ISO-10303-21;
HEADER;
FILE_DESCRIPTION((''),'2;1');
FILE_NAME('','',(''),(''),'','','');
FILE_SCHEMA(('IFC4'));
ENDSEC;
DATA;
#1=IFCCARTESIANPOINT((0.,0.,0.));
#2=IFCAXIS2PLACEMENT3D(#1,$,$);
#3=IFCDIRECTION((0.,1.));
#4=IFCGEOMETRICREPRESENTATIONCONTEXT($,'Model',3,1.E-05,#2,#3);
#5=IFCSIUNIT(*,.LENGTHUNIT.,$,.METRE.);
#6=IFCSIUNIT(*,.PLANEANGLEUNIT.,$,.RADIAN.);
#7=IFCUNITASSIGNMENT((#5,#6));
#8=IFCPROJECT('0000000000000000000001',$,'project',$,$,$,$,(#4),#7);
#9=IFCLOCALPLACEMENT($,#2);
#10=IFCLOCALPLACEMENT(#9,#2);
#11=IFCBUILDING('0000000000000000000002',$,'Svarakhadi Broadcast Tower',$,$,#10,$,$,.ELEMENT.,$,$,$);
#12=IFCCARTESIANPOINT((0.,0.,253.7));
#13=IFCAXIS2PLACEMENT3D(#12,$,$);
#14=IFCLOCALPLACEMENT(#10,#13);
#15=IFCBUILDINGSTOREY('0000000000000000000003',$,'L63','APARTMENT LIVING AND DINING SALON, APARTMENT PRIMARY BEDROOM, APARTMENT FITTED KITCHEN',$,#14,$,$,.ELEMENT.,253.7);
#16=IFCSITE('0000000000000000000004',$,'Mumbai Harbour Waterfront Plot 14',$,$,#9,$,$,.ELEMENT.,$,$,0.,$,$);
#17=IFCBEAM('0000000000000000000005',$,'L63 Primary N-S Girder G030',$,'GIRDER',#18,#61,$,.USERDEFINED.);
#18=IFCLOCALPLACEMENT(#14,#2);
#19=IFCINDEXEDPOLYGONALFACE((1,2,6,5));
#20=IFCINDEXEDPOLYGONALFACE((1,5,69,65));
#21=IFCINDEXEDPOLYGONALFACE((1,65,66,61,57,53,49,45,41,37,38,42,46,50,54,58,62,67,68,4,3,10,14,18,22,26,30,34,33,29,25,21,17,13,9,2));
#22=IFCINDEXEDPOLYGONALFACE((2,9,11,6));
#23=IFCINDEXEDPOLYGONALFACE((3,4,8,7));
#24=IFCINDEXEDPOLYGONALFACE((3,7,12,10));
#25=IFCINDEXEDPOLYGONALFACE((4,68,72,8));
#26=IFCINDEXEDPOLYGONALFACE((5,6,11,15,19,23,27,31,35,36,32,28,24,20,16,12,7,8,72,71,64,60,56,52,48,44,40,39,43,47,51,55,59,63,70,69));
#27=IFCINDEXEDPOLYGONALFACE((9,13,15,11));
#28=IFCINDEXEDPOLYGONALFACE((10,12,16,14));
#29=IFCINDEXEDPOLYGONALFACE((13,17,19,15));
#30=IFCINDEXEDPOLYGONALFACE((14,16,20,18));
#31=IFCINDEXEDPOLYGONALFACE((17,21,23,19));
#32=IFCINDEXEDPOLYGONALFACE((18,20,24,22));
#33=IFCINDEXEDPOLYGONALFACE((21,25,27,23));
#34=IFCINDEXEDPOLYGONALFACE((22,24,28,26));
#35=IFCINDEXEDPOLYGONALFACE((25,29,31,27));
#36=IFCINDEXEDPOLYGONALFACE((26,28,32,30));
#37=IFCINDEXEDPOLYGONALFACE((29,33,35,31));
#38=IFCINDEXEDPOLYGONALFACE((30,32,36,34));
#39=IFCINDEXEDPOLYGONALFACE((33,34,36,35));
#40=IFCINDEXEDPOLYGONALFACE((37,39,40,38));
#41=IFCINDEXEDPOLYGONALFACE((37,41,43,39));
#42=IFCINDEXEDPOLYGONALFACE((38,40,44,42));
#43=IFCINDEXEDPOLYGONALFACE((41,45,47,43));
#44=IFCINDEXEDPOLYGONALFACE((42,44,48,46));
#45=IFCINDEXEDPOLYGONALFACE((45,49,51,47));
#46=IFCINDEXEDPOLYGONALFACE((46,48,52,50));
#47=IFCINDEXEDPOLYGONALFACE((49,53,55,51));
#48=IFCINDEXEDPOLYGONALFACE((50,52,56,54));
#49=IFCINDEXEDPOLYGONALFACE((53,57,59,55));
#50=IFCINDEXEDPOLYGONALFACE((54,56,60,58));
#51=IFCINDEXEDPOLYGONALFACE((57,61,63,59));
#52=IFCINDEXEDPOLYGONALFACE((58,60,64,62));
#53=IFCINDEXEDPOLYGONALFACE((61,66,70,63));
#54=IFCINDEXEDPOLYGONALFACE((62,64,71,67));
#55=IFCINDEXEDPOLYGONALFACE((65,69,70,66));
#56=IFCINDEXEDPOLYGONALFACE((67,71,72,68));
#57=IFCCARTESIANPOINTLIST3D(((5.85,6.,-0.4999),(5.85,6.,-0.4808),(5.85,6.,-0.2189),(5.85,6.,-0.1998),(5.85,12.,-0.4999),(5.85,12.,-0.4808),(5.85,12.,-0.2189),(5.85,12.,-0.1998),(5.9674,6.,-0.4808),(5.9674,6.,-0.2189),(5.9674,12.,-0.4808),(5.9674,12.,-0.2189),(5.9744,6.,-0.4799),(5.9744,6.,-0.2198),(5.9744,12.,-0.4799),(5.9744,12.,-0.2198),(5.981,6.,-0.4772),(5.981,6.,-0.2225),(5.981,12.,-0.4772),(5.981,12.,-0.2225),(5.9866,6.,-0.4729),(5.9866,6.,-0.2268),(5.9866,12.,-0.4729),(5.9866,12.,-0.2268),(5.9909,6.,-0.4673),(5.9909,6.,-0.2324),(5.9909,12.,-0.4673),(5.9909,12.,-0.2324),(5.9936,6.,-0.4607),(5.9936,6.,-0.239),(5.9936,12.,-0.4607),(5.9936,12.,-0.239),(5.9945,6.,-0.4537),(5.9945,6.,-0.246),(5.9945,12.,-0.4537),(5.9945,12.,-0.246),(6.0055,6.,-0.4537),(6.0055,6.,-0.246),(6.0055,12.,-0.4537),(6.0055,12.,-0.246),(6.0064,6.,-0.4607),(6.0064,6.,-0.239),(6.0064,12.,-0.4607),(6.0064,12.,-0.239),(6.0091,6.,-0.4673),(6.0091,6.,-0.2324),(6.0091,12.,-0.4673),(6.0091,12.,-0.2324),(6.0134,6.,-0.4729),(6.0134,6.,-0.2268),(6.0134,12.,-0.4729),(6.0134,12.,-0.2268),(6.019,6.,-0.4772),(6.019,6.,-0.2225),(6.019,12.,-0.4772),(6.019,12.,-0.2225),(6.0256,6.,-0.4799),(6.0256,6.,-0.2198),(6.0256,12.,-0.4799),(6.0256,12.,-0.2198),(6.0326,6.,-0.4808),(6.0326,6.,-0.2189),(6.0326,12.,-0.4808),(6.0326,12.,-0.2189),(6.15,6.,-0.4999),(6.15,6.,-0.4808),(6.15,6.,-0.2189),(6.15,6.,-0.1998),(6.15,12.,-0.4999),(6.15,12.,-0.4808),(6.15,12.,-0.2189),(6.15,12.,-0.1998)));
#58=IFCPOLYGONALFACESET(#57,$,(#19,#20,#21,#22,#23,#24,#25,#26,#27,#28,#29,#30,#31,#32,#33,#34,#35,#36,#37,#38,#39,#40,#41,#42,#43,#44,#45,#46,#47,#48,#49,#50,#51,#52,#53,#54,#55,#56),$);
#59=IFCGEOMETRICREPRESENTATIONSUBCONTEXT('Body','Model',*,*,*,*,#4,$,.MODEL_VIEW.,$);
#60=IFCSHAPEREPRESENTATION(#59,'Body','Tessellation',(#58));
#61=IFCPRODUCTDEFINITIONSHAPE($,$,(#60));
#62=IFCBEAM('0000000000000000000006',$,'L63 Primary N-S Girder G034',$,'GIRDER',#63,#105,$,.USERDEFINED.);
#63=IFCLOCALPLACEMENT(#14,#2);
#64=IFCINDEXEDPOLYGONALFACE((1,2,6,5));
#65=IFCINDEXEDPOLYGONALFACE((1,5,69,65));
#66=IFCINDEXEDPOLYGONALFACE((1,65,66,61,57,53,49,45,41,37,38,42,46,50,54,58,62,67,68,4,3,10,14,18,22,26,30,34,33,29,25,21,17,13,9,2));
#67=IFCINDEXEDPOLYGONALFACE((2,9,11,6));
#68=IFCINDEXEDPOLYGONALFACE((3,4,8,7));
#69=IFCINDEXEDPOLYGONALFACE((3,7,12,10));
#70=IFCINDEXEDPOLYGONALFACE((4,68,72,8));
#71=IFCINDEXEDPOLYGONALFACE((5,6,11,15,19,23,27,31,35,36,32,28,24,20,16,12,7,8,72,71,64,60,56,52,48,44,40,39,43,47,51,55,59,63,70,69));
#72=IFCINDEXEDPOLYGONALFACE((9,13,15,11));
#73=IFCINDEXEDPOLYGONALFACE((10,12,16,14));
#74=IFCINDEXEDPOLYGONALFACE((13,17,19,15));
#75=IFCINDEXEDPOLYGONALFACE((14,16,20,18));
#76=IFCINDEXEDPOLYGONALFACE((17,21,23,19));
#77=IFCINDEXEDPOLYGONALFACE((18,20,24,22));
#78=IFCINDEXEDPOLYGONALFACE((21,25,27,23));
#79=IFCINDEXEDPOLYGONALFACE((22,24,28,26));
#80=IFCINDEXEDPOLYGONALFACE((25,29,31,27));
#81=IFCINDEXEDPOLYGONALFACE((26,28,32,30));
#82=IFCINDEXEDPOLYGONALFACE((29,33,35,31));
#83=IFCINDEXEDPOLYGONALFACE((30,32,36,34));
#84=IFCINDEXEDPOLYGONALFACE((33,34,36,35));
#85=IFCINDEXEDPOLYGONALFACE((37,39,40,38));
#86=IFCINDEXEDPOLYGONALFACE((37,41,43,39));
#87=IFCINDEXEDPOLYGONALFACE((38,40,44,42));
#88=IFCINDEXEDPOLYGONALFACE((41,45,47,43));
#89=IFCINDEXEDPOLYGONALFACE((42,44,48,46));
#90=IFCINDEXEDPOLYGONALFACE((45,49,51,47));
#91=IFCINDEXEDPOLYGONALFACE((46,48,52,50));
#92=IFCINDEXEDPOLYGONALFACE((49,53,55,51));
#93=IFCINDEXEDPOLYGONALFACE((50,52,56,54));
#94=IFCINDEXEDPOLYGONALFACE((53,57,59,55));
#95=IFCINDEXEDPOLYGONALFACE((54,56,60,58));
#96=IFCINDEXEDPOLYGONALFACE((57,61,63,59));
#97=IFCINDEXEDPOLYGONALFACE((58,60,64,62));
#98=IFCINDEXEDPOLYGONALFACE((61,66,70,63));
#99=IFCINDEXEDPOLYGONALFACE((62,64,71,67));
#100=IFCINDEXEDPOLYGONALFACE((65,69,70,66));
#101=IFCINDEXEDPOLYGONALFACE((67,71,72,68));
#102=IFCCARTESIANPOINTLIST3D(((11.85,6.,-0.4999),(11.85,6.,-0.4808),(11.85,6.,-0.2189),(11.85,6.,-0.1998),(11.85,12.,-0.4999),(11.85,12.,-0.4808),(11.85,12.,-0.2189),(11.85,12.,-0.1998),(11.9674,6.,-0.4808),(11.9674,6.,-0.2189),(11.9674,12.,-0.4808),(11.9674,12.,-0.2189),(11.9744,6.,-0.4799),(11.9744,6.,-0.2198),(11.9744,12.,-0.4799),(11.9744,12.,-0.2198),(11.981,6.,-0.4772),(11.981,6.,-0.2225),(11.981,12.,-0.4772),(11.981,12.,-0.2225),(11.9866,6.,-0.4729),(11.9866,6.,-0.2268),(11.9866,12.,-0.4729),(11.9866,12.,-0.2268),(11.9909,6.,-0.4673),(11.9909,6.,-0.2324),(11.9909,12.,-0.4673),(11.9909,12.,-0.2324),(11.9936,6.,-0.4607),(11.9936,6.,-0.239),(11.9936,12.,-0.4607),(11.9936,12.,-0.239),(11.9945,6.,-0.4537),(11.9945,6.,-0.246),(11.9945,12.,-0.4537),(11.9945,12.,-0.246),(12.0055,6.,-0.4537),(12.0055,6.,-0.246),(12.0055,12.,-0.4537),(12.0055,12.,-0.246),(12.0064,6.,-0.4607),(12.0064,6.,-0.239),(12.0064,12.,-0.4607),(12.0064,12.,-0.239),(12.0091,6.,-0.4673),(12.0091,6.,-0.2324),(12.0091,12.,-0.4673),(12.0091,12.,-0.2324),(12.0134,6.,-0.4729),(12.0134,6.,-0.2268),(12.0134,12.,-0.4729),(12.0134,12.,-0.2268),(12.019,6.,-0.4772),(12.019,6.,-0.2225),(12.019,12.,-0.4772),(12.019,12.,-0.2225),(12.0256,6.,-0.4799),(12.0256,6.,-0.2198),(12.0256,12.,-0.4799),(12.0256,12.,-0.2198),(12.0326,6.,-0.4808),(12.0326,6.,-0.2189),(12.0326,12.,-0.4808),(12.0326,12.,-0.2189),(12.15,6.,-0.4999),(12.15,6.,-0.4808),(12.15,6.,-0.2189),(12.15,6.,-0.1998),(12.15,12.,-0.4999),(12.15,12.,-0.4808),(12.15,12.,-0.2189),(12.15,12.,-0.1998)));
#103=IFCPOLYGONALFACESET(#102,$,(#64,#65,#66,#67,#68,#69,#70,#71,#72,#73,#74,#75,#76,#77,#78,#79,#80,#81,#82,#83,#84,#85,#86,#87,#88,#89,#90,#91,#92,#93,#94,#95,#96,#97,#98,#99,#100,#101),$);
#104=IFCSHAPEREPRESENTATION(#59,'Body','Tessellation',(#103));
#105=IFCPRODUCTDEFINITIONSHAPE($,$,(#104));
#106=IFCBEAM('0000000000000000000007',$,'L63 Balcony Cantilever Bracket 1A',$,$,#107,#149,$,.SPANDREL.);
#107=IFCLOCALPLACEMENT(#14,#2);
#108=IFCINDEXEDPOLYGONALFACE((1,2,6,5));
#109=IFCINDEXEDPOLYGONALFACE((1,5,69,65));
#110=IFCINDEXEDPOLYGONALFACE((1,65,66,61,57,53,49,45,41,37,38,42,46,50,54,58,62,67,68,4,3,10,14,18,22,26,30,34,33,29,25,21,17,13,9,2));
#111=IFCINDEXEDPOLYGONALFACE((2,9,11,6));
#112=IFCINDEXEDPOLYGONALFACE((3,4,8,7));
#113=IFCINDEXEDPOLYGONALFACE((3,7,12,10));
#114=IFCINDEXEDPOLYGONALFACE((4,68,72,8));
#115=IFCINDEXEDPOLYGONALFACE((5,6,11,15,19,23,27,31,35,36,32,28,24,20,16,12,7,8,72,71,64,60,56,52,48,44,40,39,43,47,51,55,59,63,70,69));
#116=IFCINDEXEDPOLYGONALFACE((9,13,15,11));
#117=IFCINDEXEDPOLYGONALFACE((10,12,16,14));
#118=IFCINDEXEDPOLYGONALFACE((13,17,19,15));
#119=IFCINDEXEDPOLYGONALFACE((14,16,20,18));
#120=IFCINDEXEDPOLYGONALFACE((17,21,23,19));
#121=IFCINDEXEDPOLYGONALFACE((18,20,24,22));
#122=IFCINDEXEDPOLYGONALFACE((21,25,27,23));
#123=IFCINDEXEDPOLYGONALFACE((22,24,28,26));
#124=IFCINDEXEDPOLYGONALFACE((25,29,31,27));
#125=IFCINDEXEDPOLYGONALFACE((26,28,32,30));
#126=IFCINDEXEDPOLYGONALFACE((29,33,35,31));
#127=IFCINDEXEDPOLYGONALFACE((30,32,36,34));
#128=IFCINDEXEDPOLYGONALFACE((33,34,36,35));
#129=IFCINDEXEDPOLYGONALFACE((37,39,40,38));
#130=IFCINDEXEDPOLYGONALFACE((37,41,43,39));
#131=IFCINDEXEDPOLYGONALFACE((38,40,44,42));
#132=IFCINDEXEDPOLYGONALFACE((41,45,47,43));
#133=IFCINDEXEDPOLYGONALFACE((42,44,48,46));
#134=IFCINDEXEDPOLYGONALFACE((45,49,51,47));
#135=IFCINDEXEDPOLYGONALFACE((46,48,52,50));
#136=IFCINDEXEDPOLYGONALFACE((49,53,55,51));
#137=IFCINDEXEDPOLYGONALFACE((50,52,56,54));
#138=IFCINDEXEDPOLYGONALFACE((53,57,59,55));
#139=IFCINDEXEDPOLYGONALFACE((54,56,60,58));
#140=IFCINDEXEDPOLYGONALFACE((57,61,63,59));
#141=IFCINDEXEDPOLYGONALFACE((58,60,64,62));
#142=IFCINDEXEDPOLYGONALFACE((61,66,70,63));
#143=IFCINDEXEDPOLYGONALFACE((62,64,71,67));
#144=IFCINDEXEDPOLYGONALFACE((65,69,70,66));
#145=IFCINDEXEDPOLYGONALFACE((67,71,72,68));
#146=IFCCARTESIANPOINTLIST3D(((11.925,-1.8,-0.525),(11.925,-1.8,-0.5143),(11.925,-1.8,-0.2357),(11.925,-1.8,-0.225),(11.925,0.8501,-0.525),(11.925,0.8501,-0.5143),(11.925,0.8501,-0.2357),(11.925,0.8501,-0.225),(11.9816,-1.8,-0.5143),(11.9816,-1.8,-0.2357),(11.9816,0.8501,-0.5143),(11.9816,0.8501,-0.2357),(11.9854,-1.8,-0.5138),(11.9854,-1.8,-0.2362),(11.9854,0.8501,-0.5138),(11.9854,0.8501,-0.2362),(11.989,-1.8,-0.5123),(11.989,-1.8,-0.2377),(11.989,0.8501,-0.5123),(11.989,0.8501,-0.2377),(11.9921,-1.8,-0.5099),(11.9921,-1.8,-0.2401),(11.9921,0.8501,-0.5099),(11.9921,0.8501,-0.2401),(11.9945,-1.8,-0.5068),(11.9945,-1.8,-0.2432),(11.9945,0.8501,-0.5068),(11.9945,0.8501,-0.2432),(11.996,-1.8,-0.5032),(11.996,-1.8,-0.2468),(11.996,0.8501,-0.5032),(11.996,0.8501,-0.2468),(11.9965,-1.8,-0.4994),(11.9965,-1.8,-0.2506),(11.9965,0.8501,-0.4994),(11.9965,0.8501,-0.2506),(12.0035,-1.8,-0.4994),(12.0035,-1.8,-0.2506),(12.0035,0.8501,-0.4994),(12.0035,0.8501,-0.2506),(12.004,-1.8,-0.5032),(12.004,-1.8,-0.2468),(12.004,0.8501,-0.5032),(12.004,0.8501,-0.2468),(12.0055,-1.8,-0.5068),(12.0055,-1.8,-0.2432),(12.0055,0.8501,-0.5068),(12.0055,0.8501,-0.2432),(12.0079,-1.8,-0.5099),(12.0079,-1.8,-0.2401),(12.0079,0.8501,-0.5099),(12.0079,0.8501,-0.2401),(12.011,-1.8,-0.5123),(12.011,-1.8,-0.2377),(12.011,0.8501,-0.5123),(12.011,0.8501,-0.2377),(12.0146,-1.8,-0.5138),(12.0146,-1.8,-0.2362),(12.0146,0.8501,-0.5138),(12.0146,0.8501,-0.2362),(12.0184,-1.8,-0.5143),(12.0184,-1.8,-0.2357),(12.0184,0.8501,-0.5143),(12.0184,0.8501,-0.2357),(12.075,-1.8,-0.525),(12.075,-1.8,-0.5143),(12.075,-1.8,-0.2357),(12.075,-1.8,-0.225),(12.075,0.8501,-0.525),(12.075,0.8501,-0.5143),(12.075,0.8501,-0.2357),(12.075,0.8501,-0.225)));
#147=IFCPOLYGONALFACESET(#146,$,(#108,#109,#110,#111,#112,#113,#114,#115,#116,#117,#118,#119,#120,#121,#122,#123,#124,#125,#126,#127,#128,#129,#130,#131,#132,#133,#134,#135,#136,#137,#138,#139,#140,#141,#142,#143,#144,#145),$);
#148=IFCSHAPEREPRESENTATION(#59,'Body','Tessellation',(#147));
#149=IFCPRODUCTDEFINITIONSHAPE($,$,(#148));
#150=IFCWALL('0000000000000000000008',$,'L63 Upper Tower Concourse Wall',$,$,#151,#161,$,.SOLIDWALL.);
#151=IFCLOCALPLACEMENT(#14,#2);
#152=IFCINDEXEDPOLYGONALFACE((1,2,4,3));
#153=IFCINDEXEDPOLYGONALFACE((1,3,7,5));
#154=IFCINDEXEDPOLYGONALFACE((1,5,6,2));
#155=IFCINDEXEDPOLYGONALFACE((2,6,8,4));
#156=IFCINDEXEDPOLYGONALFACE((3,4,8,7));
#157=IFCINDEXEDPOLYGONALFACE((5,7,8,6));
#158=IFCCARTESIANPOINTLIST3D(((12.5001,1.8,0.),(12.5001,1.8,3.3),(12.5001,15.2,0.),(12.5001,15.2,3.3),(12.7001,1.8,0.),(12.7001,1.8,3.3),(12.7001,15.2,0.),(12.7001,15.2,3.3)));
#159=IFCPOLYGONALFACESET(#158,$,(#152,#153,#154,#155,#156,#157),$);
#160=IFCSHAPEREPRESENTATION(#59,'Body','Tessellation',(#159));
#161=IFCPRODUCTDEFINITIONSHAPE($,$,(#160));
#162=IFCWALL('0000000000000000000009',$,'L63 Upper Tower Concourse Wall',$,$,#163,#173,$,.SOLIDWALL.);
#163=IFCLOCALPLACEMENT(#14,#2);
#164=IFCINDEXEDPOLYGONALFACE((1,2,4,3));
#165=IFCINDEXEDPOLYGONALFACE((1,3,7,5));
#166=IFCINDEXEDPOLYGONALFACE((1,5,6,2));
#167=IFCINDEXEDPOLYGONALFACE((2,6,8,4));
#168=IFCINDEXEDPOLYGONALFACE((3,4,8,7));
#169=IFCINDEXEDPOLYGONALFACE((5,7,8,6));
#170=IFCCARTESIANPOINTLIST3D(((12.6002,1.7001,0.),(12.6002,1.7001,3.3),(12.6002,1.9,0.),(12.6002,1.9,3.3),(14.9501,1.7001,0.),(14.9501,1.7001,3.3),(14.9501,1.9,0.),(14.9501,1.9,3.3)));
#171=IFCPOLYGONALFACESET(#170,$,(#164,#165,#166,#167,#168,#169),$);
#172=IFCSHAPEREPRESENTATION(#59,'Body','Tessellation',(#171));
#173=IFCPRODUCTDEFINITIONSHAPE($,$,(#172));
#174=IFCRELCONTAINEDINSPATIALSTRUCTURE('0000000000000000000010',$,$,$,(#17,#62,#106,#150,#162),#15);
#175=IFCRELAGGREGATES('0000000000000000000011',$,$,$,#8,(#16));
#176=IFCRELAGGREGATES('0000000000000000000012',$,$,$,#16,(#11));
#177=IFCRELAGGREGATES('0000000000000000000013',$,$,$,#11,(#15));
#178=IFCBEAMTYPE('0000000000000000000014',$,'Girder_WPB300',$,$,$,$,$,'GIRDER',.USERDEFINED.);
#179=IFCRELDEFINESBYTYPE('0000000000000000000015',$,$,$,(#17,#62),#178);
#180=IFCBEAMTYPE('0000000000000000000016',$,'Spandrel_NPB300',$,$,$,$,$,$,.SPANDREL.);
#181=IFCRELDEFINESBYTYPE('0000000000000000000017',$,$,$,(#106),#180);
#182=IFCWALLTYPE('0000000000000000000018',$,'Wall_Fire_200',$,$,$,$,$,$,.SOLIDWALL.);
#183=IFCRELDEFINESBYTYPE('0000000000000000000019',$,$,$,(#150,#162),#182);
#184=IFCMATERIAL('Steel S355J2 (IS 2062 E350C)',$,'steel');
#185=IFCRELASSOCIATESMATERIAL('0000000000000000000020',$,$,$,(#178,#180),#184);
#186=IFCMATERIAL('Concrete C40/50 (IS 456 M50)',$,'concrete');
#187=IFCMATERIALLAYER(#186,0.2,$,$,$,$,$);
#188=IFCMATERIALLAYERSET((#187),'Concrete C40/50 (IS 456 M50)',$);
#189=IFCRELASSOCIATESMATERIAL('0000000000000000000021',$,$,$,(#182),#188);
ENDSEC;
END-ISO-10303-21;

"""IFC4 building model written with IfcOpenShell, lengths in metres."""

from ifc_helpers import new_model, si_unit, direction, frame, frame_2d, origin, origin_2d, place, context, subcontext, project, spatial, rectangle, i_section, extrude, material, layer, layer_set, material_profile, profile_set, type_object, element, save


model = new_model("IFC4")

# Units and contexts
model_context = context("Model", 3, precision=1e-05, world=origin(), true_north=direction((0.0, 1.0)))
body_context = subcontext(model_context, "Body", "Model", "MODEL_VIEW")
ifc_project = project(units=[si_unit("LENGTHUNIT", "METRE"), si_unit("PLANEANGLEUNIT", "RADIAN")], contexts=[model_context])

# Site, building, storey
site_placement = place(None, origin())
site = spatial("IfcSite", under=ifc_project, at=site_placement, Name="Mumbai Harbour Waterfront Plot 14", CompositionType="ELEMENT", RefElevation=0.0)
building_placement = place(site_placement, origin())
building = spatial("IfcBuilding", under=site, at=building_placement, Name="Svarakhadi Broadcast Tower", CompositionType="ELEMENT")
storey_placement = place(building_placement, frame((0.0, 0.0, 253.7)))
storey = spatial("IfcBuildingStorey", under=building, at=storey_placement, Name="L63", Description="APARTMENT LIVING AND DINING SALON, APARTMENT PRIMARY BEDROOM, APARTMENT FITTED KITCHEN", CompositionType="ELEMENT", Elevation=253.7)

# Beams
ifc_material_1 = material(Name="Steel S355J2 (IS 2062 E350C)", Category="steel")
ifc_material_profile_1 = material_profile(ifc_material_1, i_section(OverallWidth=0.3, OverallDepth=0.3, WebThickness=0.011, FlangeThickness=0.019, FilletRadius=0.0271, at=origin_2d()), Name="WPB 300x300x117")
ifc_profile_set_1 = profile_set([ifc_material_profile_1], Name="Steel S355J2 (IS 2062 E350C)")
beam_type_1 = type_object("IfcBeamType", Name="Girder_WPB300", ElementType="GIRDER", PredefinedType="USERDEFINED", material=ifc_profile_set_1)
for number, where, z_axis, x_axis, name in (
    (1, (6.0, 6.0, -0.3499), (0.0, 1.0, 0.0), (-1.0, 0.0, 0.0), "L63 Primary N-S Girder G030"),
    (2, (12.0, 6.0, -0.3499), (0.0, 1.0, 0.0), (-1.0, 0.0, 0.0), "L63 Primary N-S Girder G034"),
):
    element("IfcBeam", number, at=place(storey_placement, frame(where, z_axis=z_axis, x_axis=x_axis)), inside=storey, type_object=beam_type_1, Name=name, ObjectType="GIRDER", PredefinedType="USERDEFINED", context=body_context, shape_type="SweptSolid", body=[
        extrude(i_section(OverallWidth=0.3, OverallDepth=0.3, WebThickness=0.011, FlangeThickness=0.019, FilletRadius=0.0271, at=origin_2d()), origin(), (0.0, 0.0, 1.0), 6.0),
    ])
ifc_material_profile_2 = material_profile(ifc_material_1, i_section(OverallWidth=0.1499, OverallDepth=0.3, WebThickness=0.0071, FlangeThickness=0.0107, FilletRadius=0.0149, at=origin_2d()), Name="NPB 300x150x37")
ifc_profile_set_2 = profile_set([ifc_material_profile_2], Name="Steel S355J2 (IS 2062 E350C)")
beam_type_2 = type_object("IfcBeamType", Name="Spandrel_NPB300", PredefinedType="SPANDREL", material=ifc_profile_set_2)
beam_1_placement = place(storey_placement, frame((12.0, 0.8501, -0.375), z_axis=(0.0, -1.0, 0.0), x_axis=(1.0, 0.0, 0.0)))
element("IfcBeam", 3, at=beam_1_placement, inside=storey, type_object=beam_type_2, Name="L63 Balcony Cantilever Bracket 1A", PredefinedType="SPANDREL", context=body_context, shape_type="SweptSolid", body=[
    extrude(i_section(OverallWidth=0.1499, OverallDepth=0.3, WebThickness=0.0071, FlangeThickness=0.0107, FilletRadius=0.0149, at=origin_2d()), origin(), (0.0, 0.0, 1.0), 2.6501),
])

# Walls
ifc_material_2 = material(Name="Concrete C40/50 (IS 456 M50)", Category="concrete")
ifc_layer_1 = layer(ifc_material_2, 0.2)
ifc_layer_set_1 = layer_set([ifc_layer_1], Name="Concrete C40/50 (IS 456 M50)")
wall_type_1 = type_object("IfcWallType", Name="Wall_Fire_200", PredefinedType="SOLIDWALL", material=ifc_layer_set_1)
wall_1_placement = place(storey_placement, frame((12.6001, 1.8, 0.0), z_axis=(0.0, 0.0, 1.0), x_axis=(0.0, 1.0, 0.0)))
element("IfcWall", 4, at=wall_1_placement, inside=storey, type_object=wall_type_1, Name="L63 Upper Tower Concourse Wall", PredefinedType="SOLIDWALL", context=body_context, shape_type="SweptSolid", body=[
    extrude(rectangle(XDim=13.3999, YDim=0.2, at=frame_2d((6.7, 0.0))), origin(), (0.0, 0.0, 1.0), 3.3),
])
wall_2_placement = place(storey_placement, frame((14.95, 1.8, 0.0), z_axis=(0.0, 0.0, 1.0), x_axis=(-1.0, 0.0, 0.0)))
element("IfcWall", 5, at=wall_2_placement, inside=storey, type_object=wall_type_1, Name="L63 Upper Tower Concourse Wall", PredefinedType="SOLIDWALL", context=body_context, shape_type="SweptSolid", body=[
    extrude(rectangle(XDim=2.3499, YDim=0.2, at=frame_2d((1.1748, 0.0))), origin(), (0.0, 0.0, 1.0), 3.3),
])

save(model, "model.ifc")
